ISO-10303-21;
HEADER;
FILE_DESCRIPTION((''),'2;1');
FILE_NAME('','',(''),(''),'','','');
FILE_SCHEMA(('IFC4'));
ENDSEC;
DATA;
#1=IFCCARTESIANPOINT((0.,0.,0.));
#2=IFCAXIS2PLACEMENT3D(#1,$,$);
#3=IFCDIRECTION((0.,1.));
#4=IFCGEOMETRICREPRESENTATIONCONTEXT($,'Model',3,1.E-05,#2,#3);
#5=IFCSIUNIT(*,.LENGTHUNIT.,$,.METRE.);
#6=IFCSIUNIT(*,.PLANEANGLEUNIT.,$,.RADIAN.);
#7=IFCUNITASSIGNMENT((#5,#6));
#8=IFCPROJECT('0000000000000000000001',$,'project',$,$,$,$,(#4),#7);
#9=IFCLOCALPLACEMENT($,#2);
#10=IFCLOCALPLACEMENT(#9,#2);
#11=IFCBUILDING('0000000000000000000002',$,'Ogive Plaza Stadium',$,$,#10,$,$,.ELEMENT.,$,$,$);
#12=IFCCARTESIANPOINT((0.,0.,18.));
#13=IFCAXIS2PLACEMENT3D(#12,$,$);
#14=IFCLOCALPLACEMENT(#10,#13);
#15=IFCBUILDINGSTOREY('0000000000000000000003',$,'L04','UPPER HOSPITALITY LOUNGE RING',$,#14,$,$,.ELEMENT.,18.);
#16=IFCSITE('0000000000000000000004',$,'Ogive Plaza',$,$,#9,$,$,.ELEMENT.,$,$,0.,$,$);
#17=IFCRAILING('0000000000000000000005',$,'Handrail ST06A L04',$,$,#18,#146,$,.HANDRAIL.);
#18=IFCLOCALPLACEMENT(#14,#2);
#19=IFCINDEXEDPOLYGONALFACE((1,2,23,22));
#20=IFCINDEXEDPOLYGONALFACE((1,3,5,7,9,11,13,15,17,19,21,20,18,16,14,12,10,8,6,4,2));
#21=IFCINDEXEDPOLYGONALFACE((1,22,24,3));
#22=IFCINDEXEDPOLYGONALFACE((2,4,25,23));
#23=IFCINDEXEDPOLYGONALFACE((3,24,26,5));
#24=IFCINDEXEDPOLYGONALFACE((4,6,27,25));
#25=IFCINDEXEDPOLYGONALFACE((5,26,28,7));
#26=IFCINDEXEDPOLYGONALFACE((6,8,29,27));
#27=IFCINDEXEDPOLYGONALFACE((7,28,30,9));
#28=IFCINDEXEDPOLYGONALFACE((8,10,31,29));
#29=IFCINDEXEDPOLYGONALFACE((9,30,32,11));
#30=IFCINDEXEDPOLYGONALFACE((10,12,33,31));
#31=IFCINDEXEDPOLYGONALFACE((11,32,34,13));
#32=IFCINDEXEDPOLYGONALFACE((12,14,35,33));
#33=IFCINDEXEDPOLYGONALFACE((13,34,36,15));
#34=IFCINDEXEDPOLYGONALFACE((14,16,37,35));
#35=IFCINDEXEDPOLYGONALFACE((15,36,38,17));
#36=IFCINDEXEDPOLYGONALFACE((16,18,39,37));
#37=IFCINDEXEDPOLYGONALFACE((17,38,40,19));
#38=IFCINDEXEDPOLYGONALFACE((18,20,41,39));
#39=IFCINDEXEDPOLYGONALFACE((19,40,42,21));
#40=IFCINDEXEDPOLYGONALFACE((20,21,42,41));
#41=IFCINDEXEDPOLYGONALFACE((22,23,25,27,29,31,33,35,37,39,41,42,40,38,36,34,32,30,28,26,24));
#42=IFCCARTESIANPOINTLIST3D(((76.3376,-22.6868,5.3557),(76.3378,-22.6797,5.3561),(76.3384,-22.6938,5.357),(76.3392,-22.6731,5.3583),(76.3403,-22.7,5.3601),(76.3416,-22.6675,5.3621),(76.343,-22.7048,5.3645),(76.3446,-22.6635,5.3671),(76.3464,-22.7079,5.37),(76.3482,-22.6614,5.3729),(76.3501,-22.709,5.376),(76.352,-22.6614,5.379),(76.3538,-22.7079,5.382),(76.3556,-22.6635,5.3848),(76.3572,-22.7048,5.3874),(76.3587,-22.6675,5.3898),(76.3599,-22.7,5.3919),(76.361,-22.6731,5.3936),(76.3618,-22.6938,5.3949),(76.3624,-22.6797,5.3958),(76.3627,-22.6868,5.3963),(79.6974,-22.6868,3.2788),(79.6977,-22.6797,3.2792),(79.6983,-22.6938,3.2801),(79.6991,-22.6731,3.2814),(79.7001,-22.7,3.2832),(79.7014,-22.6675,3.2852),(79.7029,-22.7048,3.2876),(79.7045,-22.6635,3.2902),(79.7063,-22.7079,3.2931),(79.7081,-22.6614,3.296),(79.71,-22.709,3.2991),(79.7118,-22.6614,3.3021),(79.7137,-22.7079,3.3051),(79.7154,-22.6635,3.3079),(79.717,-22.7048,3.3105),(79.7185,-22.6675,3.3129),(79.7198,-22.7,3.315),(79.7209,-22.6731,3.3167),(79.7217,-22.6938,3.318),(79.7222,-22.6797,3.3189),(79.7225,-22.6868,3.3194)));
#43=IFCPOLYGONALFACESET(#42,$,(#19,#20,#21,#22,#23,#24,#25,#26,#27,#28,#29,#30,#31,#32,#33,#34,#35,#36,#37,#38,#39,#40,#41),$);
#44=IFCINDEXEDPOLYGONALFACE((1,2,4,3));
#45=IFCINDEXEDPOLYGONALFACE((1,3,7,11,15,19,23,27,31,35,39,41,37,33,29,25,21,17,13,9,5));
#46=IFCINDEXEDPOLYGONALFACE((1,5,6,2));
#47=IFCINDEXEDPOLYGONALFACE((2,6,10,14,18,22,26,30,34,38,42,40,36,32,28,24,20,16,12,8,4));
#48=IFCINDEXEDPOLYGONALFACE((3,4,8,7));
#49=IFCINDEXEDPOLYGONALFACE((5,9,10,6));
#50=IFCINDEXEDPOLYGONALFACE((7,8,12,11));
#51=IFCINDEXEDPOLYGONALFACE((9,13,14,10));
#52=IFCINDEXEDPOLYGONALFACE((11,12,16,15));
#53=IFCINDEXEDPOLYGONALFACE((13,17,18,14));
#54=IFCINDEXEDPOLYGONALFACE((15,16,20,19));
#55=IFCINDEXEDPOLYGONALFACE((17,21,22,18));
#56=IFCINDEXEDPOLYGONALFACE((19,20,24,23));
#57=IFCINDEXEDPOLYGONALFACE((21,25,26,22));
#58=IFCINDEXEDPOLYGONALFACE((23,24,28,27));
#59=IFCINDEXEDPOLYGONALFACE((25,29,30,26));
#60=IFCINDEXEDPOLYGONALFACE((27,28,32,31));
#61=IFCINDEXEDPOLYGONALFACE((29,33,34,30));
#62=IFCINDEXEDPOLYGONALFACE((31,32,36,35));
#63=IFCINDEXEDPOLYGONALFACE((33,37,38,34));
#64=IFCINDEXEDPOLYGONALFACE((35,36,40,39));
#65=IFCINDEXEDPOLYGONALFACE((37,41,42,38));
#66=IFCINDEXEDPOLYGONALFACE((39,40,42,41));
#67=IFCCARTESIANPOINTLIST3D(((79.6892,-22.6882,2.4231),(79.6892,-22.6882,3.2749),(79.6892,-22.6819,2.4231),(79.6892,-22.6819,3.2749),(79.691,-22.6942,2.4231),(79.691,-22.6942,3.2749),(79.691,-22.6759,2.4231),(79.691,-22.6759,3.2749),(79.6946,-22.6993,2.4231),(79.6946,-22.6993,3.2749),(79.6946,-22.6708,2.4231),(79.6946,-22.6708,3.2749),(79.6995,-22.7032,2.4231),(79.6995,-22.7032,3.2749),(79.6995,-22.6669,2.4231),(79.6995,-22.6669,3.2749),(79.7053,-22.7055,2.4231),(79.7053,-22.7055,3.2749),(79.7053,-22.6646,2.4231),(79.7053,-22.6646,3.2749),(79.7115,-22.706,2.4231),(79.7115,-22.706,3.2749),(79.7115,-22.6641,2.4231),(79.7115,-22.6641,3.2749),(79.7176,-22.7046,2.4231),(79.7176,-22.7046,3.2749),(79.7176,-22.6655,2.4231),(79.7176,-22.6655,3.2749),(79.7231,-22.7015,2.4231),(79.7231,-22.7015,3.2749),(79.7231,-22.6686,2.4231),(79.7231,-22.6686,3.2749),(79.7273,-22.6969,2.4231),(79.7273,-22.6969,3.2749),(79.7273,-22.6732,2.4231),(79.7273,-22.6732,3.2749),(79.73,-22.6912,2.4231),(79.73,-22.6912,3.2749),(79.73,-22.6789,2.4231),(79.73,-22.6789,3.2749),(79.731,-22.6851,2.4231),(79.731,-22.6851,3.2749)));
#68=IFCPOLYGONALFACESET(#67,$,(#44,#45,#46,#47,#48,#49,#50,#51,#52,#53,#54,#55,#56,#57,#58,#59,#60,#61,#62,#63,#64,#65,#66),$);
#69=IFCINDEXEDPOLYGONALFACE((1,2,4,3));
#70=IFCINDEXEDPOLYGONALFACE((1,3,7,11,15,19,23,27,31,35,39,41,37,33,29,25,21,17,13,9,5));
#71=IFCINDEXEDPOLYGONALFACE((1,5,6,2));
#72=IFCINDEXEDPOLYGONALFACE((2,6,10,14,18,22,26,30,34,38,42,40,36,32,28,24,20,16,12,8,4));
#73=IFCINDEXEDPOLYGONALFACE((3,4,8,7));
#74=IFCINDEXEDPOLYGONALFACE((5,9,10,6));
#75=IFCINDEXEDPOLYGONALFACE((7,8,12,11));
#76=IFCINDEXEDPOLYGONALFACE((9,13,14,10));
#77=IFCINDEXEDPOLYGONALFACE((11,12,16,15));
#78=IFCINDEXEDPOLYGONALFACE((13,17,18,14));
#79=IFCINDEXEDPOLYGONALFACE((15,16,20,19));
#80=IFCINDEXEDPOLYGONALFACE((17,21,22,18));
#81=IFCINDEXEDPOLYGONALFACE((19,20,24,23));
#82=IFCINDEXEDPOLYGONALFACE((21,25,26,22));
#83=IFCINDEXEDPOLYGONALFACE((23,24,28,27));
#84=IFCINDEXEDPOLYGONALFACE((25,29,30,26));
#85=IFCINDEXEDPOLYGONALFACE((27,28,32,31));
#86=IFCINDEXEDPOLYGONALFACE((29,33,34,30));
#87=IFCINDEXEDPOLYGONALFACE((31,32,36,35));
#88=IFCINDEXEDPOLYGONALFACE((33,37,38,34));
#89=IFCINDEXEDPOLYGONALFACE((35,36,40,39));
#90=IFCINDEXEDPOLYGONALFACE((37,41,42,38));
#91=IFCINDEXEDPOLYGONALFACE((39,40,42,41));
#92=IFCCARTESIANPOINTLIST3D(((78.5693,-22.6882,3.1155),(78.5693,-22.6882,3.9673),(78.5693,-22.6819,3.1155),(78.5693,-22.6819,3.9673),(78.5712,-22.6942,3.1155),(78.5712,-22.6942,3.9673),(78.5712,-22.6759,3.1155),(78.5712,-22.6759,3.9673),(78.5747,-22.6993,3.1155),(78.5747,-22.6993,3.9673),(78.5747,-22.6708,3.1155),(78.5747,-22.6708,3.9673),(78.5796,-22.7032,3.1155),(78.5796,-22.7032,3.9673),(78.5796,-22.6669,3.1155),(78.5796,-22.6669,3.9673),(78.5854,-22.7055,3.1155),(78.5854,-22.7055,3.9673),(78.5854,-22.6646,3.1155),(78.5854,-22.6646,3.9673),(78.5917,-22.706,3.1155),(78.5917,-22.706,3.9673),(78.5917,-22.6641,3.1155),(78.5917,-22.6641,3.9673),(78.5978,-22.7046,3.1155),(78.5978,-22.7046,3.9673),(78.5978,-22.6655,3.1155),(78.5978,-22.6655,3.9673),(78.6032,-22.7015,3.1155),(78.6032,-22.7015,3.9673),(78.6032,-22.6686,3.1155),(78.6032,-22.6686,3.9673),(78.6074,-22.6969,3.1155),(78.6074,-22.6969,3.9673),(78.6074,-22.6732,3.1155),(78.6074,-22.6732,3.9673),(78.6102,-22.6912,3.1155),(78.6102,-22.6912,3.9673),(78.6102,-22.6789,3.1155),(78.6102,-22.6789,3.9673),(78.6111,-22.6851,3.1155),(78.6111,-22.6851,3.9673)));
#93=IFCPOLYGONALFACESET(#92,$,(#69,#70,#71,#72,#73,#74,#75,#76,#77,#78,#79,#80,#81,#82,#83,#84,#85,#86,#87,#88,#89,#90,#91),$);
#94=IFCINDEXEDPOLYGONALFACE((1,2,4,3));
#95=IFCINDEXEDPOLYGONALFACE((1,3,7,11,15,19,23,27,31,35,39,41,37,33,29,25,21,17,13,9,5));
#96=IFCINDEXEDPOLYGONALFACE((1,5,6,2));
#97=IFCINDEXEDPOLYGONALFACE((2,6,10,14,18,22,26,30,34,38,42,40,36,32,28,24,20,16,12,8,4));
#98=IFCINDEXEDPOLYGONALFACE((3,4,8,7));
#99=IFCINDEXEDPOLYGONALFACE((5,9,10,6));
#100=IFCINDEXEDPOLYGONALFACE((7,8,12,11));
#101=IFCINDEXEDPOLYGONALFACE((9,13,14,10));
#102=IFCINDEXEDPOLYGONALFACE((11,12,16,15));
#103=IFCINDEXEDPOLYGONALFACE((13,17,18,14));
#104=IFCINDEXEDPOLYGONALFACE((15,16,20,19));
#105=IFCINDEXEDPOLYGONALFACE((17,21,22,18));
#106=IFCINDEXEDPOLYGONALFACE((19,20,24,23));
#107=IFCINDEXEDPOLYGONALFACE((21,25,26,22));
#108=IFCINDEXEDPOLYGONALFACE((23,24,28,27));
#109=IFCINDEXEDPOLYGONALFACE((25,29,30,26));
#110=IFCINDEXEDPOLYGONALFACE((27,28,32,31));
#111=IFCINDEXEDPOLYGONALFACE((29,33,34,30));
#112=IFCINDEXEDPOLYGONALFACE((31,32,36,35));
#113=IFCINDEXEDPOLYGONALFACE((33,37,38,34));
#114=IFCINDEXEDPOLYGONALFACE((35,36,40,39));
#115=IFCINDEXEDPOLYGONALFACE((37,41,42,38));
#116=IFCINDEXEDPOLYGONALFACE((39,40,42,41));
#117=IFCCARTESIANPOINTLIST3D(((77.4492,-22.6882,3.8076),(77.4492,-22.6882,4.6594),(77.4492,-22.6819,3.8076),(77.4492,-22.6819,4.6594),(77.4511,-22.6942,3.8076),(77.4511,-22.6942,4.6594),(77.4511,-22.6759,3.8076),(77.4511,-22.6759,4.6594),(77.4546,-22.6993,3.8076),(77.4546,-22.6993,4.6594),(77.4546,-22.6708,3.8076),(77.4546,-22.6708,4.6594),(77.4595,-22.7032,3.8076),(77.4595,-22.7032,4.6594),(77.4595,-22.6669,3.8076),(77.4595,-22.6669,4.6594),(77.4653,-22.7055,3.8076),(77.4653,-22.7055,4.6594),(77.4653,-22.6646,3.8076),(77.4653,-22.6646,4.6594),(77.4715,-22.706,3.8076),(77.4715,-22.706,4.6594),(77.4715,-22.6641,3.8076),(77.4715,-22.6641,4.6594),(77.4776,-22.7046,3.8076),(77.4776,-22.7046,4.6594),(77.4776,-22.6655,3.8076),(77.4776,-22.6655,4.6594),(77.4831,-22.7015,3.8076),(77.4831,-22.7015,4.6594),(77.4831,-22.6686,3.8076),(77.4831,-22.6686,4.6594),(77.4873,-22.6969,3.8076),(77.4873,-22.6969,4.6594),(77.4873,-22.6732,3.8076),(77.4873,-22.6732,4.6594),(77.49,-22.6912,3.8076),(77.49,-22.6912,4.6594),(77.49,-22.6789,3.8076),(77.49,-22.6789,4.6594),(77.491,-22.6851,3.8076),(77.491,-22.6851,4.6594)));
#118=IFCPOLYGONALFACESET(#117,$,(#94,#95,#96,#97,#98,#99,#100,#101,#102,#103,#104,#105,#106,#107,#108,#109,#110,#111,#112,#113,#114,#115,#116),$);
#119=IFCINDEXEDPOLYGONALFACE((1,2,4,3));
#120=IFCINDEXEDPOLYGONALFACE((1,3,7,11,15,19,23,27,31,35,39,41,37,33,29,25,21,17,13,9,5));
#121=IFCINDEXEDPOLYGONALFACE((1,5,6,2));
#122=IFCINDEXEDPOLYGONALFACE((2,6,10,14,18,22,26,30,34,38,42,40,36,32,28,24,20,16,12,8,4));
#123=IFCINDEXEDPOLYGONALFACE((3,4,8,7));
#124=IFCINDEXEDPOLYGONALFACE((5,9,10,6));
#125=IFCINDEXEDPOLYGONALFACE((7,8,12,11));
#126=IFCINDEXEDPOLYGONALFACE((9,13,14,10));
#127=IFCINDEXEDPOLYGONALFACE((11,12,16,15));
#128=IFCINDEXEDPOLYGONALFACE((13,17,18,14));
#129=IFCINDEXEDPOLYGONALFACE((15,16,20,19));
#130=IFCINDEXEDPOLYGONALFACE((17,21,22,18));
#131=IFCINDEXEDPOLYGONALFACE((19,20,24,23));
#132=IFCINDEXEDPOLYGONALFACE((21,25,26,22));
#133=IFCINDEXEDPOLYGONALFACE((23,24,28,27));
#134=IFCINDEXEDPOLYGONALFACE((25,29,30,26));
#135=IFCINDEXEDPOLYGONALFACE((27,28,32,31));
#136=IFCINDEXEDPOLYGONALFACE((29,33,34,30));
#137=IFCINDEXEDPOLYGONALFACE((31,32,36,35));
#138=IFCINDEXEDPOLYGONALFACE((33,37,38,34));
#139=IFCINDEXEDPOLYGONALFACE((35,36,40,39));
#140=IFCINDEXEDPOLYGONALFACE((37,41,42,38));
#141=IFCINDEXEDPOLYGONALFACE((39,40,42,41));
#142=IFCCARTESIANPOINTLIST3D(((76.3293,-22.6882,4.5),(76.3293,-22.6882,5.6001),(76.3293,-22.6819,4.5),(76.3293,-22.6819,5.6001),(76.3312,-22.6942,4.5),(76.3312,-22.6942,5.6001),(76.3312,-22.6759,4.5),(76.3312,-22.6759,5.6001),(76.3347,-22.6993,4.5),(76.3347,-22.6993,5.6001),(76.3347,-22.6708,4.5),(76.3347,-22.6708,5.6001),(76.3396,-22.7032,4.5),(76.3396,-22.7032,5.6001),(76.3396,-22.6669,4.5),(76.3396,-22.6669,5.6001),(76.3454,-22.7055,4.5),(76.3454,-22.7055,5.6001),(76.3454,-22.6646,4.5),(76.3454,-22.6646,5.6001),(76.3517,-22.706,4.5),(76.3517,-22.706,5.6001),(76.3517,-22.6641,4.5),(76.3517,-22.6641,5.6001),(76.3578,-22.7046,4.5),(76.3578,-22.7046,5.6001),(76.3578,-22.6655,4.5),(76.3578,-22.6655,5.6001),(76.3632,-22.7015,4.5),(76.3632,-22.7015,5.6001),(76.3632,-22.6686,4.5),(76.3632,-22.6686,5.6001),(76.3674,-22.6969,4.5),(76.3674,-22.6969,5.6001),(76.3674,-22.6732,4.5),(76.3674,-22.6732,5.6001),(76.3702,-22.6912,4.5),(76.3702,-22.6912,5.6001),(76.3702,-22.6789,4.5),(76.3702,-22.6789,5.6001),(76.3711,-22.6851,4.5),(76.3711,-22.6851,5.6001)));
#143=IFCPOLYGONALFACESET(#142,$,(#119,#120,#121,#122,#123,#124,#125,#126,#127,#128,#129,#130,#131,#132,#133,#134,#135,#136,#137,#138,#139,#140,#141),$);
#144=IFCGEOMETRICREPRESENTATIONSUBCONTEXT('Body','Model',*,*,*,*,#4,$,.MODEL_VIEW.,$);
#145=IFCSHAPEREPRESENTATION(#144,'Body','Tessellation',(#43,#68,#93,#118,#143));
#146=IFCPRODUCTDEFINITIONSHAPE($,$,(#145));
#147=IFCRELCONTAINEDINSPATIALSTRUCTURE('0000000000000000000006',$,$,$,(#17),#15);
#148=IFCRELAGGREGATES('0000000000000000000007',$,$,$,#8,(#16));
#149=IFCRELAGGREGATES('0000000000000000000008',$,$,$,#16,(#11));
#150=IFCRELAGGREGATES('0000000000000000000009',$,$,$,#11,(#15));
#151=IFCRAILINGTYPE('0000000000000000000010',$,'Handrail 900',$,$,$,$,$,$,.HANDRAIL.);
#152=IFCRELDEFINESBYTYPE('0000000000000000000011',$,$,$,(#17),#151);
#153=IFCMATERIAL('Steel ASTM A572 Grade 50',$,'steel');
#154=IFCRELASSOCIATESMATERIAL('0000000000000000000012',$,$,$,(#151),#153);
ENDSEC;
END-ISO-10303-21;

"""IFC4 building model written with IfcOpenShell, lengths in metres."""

from ifc_helpers import new_model, si_unit, direction, frame, origin, origin_2d, place, context, subcontext, project, spatial, circle, extrude, material, type_object, element, save


model = new_model("IFC4")

# Units and contexts
model_context = context("Model", 3, precision=1e-05, world=origin(), true_north=direction((0.0, 1.0)))
body_context = subcontext(model_context, "Body", "Model", "MODEL_VIEW")
ifc_project = project(units=[si_unit("LENGTHUNIT", "METRE"), si_unit("PLANEANGLEUNIT", "RADIAN")], contexts=[model_context])

# Site, building, storey
site_placement = place(None, origin())
site = spatial("IfcSite", under=ifc_project, at=site_placement, Name="Ogive Plaza", CompositionType="ELEMENT", RefElevation=0.0)
building_placement = place(site_placement, origin())
building = spatial("IfcBuilding", under=site, at=building_placement, Name="Ogive Plaza Stadium", CompositionType="ELEMENT")
storey_placement = place(building_placement, frame((0.0, 0.0, 18.0)))
storey = spatial("IfcBuildingStorey", under=building, at=storey_placement, Name="L04", Description="UPPER HOSPITALITY LOUNGE RING", CompositionType="ELEMENT", Elevation=18.0)

# Railing
ifc_material_1 = material(Name="Steel ASTM A572 Grade 50", Category="steel")
railing_type = type_object("IfcRailingType", Name="Handrail 900", PredefinedType="HANDRAIL", material=ifc_material_1)
for number, where, name in (
    (1, (79.71, -22.6851, 2.4231), "Handrail ST06A L04"),
):
    element("IfcRailing", number, at=place(storey_placement, frame(where)), inside=storey, type_object=railing_type, Name=name, PredefinedType="HANDRAIL", context=body_context, shape_type="SweptSolid", body=[
        extrude(circle(Radius=0.0239, at=origin_2d()), frame((0.0, 0.0, 0.876), z_axis=(-0.850606, 0.0, 0.525803), x_axis=(0.0, -1.0, 0.0)), (0.0, 0.0, 1.0), 3.95),
        extrude(circle(Radius=0.021, at=origin_2d()), origin(), (0.0, 0.0, 1.0), 0.8518),
        extrude(circle(Radius=0.021, at=origin_2d()), frame((-1.1199, 0.0, 0.6924)), (0.0, 0.0, 1.0), 0.8518),
        extrude(circle(Radius=0.021, at=origin_2d()), frame((-2.24, 0.0, 1.3845)), (0.0, 0.0, 1.0), 0.8518),
        extrude(circle(Radius=0.021, at=origin_2d()), frame((-3.3599, 0.0, 2.0769)), (0.0, 0.0, 1.0), 1.1001),
    ])

save(model, "model.ifc")
